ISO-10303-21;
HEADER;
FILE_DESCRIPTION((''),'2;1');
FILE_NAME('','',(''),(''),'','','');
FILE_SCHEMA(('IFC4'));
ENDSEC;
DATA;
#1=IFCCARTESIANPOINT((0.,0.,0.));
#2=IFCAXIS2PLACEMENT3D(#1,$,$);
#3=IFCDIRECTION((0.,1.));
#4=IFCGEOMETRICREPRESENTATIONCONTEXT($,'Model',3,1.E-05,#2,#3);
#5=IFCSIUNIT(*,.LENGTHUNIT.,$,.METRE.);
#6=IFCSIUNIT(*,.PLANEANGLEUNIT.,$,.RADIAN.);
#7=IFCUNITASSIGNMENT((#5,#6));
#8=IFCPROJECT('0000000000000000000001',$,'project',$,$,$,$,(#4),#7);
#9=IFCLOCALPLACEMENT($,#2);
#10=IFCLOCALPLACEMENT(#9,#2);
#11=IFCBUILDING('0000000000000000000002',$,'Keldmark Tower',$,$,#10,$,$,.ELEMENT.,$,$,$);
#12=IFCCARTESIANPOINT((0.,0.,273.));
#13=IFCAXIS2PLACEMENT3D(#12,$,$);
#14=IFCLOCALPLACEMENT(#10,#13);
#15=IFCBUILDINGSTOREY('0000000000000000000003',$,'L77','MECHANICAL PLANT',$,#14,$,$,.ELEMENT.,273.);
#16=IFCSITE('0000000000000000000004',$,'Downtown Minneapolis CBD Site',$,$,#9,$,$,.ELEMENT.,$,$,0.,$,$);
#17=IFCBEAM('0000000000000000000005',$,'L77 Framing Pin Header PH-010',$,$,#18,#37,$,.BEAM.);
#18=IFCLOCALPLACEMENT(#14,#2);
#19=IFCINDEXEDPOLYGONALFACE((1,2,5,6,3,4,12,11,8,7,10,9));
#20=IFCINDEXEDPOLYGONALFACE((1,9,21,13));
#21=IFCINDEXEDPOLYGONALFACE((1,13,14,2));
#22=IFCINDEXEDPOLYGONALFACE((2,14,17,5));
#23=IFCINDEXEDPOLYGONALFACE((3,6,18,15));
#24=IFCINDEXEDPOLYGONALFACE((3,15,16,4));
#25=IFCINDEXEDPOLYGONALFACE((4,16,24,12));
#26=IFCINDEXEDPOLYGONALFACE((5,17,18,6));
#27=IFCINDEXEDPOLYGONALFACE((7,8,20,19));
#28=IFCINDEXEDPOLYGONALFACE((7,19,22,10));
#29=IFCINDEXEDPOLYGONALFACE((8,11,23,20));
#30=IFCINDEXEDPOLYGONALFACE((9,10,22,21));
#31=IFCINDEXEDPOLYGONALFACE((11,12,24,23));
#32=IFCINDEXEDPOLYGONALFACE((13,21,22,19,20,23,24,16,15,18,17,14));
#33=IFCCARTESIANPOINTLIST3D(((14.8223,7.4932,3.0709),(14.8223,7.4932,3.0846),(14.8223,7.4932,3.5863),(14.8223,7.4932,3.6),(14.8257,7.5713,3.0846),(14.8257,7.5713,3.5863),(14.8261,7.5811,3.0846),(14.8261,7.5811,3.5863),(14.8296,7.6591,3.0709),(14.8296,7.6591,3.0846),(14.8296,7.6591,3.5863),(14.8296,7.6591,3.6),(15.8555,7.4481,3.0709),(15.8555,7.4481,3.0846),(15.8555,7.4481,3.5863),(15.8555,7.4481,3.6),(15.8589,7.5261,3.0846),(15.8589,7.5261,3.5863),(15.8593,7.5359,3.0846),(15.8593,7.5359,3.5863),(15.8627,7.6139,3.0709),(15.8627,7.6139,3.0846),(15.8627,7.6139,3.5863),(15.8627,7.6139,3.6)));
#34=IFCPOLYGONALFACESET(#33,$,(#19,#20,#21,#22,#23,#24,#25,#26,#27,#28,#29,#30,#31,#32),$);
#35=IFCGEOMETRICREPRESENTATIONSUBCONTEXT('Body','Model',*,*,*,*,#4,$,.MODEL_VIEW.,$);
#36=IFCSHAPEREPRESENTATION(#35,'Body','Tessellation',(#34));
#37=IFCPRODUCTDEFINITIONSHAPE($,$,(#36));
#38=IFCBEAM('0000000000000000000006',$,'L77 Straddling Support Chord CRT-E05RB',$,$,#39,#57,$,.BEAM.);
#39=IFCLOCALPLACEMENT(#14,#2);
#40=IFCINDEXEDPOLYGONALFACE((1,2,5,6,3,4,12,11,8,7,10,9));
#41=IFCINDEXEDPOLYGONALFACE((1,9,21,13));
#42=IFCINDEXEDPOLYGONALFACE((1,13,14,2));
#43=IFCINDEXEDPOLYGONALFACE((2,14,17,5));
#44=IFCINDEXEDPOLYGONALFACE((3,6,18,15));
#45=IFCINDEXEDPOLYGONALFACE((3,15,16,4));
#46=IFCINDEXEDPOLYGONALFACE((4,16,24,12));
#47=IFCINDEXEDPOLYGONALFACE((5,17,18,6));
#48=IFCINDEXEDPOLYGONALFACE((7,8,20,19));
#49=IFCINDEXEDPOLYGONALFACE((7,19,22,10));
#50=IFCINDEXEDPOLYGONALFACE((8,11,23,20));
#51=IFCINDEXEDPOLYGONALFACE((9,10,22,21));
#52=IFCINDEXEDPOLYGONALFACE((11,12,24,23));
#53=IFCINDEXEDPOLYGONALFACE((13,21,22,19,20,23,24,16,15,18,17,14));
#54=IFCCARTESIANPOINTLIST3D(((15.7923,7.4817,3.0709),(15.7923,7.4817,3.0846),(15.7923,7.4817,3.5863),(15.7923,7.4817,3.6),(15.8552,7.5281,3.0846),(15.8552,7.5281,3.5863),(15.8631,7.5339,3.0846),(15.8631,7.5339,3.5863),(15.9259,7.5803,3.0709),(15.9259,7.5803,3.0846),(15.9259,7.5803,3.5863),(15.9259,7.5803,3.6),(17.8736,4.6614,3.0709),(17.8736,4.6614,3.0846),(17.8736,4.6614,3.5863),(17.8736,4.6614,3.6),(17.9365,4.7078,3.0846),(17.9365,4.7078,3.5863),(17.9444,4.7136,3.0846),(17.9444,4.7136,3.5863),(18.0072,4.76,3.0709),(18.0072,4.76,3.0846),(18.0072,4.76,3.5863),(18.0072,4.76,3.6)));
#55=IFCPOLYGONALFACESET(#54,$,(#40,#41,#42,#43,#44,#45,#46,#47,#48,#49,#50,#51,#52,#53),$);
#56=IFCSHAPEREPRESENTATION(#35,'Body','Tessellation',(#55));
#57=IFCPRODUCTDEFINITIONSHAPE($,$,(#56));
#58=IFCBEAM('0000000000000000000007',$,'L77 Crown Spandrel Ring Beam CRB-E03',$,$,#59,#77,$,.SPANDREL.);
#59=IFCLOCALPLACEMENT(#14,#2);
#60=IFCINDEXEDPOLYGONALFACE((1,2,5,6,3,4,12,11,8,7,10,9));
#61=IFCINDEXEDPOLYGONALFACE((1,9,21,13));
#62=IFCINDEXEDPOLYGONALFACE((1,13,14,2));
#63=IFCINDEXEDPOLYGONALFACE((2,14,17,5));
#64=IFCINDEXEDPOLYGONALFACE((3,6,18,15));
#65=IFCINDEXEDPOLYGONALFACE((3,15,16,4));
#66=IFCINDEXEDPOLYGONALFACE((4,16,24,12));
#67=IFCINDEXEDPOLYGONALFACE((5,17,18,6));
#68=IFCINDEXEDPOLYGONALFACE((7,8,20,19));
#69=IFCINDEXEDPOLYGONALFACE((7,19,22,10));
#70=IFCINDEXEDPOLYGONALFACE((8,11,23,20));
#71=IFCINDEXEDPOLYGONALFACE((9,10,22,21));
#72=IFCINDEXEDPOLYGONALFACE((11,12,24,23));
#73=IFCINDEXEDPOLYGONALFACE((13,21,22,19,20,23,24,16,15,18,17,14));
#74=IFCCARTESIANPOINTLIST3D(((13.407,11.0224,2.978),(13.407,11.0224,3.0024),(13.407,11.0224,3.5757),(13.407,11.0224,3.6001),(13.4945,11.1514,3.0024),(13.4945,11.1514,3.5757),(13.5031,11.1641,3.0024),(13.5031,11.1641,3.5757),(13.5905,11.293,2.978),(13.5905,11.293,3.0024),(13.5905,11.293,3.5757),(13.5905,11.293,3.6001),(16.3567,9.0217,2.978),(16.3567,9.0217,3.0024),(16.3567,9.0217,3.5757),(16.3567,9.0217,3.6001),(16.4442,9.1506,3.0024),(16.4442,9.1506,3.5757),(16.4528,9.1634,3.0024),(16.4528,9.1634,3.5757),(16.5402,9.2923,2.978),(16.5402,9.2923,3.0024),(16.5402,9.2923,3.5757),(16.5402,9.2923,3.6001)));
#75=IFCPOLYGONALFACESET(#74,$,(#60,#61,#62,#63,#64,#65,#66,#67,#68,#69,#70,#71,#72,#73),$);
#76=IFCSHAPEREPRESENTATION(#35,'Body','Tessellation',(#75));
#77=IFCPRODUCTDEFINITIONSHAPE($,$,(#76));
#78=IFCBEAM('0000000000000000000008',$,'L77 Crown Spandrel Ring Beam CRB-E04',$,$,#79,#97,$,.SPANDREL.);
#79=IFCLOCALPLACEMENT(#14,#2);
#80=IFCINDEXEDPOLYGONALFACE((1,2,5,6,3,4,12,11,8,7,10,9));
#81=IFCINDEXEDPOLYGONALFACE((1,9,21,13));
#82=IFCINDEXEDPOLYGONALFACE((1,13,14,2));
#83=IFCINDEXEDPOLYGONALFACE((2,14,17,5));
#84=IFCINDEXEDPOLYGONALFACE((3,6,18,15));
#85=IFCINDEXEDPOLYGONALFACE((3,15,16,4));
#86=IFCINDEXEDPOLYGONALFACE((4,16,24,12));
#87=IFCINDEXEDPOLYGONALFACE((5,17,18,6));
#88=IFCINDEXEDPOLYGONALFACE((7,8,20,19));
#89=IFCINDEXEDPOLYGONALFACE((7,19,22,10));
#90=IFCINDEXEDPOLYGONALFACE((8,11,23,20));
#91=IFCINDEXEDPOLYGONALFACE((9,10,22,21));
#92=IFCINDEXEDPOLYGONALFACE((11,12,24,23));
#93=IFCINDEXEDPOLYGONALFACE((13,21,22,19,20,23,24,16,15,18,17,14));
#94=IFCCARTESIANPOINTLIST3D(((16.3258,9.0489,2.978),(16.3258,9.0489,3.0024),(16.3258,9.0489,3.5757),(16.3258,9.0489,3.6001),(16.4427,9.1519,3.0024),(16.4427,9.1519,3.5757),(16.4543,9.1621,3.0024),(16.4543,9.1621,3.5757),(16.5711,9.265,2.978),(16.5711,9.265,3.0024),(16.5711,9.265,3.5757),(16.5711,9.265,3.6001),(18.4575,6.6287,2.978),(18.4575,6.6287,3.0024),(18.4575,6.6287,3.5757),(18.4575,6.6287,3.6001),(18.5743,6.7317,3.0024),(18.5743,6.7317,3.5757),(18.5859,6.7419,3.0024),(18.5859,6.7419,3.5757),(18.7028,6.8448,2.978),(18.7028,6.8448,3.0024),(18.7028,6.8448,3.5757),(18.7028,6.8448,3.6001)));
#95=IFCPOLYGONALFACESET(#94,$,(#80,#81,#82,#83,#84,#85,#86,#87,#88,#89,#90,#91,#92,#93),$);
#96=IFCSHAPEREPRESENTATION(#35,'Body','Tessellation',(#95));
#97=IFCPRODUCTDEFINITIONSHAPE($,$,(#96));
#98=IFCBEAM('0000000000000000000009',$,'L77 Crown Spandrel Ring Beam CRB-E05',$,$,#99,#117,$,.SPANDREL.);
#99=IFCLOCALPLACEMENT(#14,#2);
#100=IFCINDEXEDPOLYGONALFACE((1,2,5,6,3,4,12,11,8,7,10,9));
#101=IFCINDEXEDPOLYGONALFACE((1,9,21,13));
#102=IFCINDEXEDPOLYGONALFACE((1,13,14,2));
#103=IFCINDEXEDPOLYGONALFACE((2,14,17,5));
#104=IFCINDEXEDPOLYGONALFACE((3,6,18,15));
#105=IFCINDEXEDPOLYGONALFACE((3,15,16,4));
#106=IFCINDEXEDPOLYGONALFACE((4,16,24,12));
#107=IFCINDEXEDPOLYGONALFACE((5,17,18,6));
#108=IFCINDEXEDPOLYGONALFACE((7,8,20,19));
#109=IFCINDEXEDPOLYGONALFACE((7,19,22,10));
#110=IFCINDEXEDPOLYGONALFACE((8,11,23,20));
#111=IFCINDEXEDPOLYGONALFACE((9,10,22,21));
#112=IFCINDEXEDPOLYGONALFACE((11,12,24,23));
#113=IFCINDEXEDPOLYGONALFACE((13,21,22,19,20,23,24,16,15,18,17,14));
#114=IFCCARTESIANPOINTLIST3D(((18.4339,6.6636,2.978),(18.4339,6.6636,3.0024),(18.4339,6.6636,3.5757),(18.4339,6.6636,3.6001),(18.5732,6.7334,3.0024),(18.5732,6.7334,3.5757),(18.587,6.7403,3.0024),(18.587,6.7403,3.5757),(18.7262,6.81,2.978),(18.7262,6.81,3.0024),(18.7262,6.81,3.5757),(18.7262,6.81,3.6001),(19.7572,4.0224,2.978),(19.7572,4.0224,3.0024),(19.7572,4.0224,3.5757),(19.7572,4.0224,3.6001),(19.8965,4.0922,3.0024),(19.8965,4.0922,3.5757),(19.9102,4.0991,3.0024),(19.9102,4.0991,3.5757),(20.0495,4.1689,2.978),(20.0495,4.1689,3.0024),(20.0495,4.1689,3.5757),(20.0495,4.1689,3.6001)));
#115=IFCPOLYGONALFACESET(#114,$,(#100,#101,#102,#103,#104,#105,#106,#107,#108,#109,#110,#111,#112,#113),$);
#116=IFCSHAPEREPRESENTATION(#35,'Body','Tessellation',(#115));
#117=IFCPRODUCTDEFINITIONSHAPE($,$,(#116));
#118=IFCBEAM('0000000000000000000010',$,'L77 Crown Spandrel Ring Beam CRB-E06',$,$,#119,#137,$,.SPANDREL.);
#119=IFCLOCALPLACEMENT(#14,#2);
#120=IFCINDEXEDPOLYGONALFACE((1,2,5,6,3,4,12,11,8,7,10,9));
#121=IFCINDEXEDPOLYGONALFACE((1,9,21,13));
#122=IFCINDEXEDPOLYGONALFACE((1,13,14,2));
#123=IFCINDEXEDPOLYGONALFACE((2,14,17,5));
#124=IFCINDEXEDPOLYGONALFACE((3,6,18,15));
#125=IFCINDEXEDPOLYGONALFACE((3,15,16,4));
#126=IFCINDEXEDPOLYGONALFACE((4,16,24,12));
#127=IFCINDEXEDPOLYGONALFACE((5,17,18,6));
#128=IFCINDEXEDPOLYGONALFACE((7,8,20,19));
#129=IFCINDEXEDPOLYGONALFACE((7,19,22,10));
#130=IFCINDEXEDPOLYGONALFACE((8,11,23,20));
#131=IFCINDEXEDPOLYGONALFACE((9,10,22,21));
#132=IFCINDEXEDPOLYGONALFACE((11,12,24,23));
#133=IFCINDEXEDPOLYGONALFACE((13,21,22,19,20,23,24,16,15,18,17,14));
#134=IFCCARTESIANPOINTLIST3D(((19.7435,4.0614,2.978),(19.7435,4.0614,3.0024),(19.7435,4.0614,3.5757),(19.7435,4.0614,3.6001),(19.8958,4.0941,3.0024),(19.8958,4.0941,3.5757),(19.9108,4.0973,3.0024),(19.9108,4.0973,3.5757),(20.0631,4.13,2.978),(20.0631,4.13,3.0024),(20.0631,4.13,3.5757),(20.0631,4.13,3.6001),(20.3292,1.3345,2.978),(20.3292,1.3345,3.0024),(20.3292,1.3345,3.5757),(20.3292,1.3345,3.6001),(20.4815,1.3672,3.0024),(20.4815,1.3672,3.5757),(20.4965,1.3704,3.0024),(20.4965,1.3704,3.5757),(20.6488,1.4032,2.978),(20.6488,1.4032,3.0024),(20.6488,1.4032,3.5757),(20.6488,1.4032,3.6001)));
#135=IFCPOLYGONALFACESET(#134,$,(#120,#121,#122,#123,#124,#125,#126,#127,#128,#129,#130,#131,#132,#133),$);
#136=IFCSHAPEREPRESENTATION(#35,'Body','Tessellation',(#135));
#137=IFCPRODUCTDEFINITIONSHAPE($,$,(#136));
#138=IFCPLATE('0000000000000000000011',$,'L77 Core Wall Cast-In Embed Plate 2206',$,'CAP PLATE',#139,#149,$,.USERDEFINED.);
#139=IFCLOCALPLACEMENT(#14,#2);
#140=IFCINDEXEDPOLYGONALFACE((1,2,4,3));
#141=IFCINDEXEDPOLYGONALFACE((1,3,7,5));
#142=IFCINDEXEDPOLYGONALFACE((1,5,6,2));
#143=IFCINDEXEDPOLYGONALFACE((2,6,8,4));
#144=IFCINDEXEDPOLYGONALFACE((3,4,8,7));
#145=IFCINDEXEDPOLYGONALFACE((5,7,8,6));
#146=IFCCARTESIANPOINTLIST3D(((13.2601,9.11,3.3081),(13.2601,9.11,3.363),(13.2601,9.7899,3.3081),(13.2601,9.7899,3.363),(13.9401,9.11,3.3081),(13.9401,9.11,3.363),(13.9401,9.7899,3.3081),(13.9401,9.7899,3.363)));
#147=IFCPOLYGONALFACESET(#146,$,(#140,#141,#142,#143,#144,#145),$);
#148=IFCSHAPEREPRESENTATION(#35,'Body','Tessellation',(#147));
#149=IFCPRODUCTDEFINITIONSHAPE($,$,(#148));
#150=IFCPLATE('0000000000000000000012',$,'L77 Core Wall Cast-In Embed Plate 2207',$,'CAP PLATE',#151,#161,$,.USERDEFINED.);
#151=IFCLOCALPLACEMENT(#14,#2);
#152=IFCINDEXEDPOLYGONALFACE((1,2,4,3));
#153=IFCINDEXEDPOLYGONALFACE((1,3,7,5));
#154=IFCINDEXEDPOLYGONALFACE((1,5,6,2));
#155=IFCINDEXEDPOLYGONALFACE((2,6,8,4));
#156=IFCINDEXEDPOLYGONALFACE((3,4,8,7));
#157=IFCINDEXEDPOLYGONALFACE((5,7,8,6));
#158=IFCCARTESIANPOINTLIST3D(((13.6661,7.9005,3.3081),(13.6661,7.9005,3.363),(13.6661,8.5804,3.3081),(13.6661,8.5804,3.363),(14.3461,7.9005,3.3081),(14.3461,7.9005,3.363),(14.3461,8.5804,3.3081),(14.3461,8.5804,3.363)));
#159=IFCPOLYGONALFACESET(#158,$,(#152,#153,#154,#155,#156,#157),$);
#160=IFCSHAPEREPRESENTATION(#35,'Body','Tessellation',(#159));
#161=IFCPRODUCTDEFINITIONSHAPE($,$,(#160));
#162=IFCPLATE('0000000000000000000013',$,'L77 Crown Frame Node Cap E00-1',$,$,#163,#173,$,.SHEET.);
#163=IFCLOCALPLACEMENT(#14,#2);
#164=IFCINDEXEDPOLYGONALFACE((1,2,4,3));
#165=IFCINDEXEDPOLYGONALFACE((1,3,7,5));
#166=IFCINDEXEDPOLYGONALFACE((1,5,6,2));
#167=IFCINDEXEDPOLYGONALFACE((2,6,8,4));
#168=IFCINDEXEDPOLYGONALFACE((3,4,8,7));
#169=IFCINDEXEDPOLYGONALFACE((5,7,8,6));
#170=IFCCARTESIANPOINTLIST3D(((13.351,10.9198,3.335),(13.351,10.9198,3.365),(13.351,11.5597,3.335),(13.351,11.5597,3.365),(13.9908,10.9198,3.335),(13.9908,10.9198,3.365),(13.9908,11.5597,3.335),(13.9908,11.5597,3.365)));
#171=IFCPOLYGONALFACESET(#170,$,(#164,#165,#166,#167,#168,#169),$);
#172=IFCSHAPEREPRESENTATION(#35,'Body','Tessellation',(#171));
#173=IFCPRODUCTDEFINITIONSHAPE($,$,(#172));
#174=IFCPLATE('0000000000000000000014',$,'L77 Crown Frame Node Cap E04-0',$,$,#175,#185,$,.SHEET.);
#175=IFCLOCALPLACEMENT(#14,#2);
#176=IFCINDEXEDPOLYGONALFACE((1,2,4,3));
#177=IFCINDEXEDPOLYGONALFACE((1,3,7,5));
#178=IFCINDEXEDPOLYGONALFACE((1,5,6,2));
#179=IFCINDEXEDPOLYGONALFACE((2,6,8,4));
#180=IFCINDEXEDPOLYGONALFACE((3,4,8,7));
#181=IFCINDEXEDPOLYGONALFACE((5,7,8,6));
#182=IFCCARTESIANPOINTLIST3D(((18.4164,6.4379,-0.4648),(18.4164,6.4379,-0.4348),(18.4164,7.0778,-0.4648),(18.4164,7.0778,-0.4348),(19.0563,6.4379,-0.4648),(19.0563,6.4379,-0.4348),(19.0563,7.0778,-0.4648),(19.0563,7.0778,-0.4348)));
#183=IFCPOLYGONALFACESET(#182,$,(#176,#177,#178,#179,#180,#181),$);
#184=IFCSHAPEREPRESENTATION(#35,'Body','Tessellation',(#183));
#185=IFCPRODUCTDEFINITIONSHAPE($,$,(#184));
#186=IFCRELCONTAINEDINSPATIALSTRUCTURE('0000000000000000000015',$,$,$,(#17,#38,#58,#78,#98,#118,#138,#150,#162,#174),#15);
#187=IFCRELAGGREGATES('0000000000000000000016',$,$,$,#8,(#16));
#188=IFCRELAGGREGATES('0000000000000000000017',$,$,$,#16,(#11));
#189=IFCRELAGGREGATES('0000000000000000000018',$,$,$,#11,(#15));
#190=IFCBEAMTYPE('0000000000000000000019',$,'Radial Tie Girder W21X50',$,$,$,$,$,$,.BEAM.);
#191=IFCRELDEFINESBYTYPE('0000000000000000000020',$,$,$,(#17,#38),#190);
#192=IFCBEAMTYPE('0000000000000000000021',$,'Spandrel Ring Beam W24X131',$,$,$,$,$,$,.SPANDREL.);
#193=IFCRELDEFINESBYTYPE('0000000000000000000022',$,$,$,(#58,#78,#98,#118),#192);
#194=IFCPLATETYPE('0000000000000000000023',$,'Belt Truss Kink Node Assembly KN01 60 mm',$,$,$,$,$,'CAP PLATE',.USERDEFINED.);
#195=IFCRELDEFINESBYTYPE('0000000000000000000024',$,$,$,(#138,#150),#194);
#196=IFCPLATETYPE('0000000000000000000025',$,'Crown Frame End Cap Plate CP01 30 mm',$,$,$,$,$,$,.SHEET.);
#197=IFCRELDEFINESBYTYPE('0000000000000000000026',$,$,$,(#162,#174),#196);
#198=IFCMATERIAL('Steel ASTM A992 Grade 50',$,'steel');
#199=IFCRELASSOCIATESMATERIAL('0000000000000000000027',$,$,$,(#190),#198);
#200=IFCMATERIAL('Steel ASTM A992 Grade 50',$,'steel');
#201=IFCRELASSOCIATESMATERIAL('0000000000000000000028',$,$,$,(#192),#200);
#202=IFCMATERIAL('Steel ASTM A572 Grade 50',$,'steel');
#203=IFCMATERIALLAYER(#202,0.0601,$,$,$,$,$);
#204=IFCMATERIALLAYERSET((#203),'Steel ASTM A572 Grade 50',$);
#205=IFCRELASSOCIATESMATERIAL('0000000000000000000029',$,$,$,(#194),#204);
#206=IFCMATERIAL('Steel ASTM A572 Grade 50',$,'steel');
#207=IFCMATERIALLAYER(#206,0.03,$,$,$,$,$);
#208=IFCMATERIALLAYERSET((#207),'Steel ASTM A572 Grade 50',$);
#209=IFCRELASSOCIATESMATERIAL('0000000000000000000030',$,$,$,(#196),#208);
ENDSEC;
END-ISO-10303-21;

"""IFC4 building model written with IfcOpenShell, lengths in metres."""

from ifc_helpers import new_model, si_unit, direction, frame, origin, origin_2d, place, context, subcontext, project, spatial, rectangle, i_section, extrude, material, layer, layer_set, material_profile, profile_set, type_object, element, save


model = new_model("IFC4")

# Units and contexts
model_context = context("Model", 3, precision=1e-05, world=origin(), true_north=direction((0.0, 1.0)))
body_context = subcontext(model_context, "Body", "Model", "MODEL_VIEW")
ifc_project = project(units=[si_unit("LENGTHUNIT", "METRE"), si_unit("PLANEANGLEUNIT", "RADIAN")], contexts=[model_context])

# Site, building, storey
site_placement = place(None, origin())
site = spatial("IfcSite", under=ifc_project, at=site_placement, Name="Downtown Minneapolis CBD Site", CompositionType="ELEMENT", RefElevation=0.0)
building_placement = place(site_placement, origin())
building = spatial("IfcBuilding", under=site, at=building_placement, Name="Keldmark Tower", CompositionType="ELEMENT")
storey_placement = place(building_placement, frame((0.0, 0.0, 273.0)))
storey = spatial("IfcBuildingStorey", under=building, at=storey_placement, Name="L77", Description="MECHANICAL PLANT", CompositionType="ELEMENT", Elevation=273.0)

# Beams
ifc_material_1 = material(Name="Steel ASTM A992 Grade 50", Category="steel")
ifc_material_profile_1 = material_profile(ifc_material_1, i_section(OverallWidth=0.166, OverallDepth=0.5291, WebThickness=0.0098, FlangeThickness=0.0137, at=origin_2d()), Name="W21X50")
ifc_profile_set_1 = profile_set([ifc_material_profile_1], Name="Steel ASTM A992 Grade 50")
beam_type_1 = type_object("IfcBeamType", Name="Radial Tie Girder W21X50", PredefinedType="BEAM", material=ifc_profile_set_1)
beam_1_placement = place(storey_placement, frame((14.8259, 7.5762, 3.3354), z_axis=(0.999046, -0.043673, 0.0), x_axis=(0.043673, 0.999046, 0.0)))
element("IfcBeam", 1, at=beam_1_placement, inside=storey, type_object=beam_type_1, Name="L77 Framing Pin Header PH-010", PredefinedType="BEAM", context=body_context, shape_type="SweptSolid", body=[
    extrude(i_section(OverallWidth=0.166, OverallDepth=0.5291, WebThickness=0.0098, FlangeThickness=0.0137, at=origin_2d()), origin(), (0.0, 0.0, 1.0), 1.0342),
])
beam_2_placement = place(storey_placement, frame((17.9404, 4.7107, 3.3354), z_axis=(-0.593786, 0.804623, 0.0), x_axis=(-0.804623, -0.593786, 0.0)))
element("IfcBeam", 2, at=beam_2_placement, inside=storey, type_object=beam_type_1, Name="L77 Straddling Support Chord CRT-E05RB", PredefinedType="BEAM", context=body_context, shape_type="SweptSolid", body=[
    extrude(i_section(OverallWidth=0.166, OverallDepth=0.5291, WebThickness=0.0098, FlangeThickness=0.0137, at=origin_2d()), origin(), (0.0, 0.0, 1.0), 3.5051),
])
ifc_material_2 = material(Name="Steel ASTM A992 Grade 50", Category="steel")
ifc_material_profile_2 = material_profile(ifc_material_2, i_section(OverallWidth=0.3269, OverallDepth=0.6221, WebThickness=0.0154, FlangeThickness=0.0244, at=origin_2d()), Name="W24X131")
ifc_profile_set_2 = profile_set([ifc_material_profile_2], Name="Steel ASTM A992 Grade 50")
beam_type_2 = type_object("IfcBeamType", Name="Spandrel Ring Beam W24X131", PredefinedType="SPANDREL", material=ifc_profile_set_2)
beam_3_placement = place(storey_placement, frame((13.4988, 11.1577, 3.2891), z_axis=(0.827587, -0.561337, 0.0), x_axis=(0.561337, 0.827587, 0.0)))
element("IfcBeam", 3, at=beam_3_placement, inside=storey, type_object=beam_type_2, Name="L77 Crown Spandrel Ring Beam CRB-E03", PredefinedType="SPANDREL", context=body_context, shape_type="SweptSolid", body=[
    extrude(i_section(OverallWidth=0.3269, OverallDepth=0.6221, WebThickness=0.0154, FlangeThickness=0.0244, at=origin_2d()), origin(), (0.0, 0.0, 1.0), 3.5642),
])
beam_4_placement = place(storey_placement, frame((16.4485, 9.157, 3.2891), z_axis=(0.66095, -0.75043, 0.0), x_axis=(0.75043, 0.66095, 0.0)))
element("IfcBeam", 4, at=beam_4_placement, inside=storey, type_object=beam_type_2, Name="L77 Crown Spandrel Ring Beam CRB-E04", PredefinedType="SPANDREL", context=body_context, shape_type="SweptSolid", body=[
    extrude(i_section(OverallWidth=0.3269, OverallDepth=0.6221, WebThickness=0.0154, FlangeThickness=0.0244, at=origin_2d()), origin(), (0.0, 0.0, 1.0), 3.2251),
])
beam_5_placement = place(storey_placement, frame((18.5801, 6.7368, 3.2891), z_axis=(0.447941, -0.894063, 0.0), x_axis=(0.894063, 0.447941, 0.0)))
element("IfcBeam", 5, at=beam_5_placement, inside=storey, type_object=beam_type_2, Name="L77 Crown Spandrel Ring Beam CRB-E05", PredefinedType="SPANDREL", context=body_context, shape_type="SweptSolid", body=[
    extrude(i_section(OverallWidth=0.3269, OverallDepth=0.6221, WebThickness=0.0154, FlangeThickness=0.0244, at=origin_2d()), origin(), (0.0, 0.0, 1.0), 2.9541),
])
beam_6_placement = place(storey_placement, frame((19.9033, 4.0957, 3.2891), z_axis=(0.210001, -0.977701, 0.0), x_axis=(0.977701, 0.210001, 0.0)))
element("IfcBeam", 6, at=beam_6_placement, inside=storey, type_object=beam_type_2, Name="L77 Crown Spandrel Ring Beam CRB-E06", PredefinedType="SPANDREL", context=body_context, shape_type="SweptSolid", body=[
    extrude(i_section(OverallWidth=0.3269, OverallDepth=0.6221, WebThickness=0.0154, FlangeThickness=0.0244, at=origin_2d()), origin(), (0.0, 0.0, 1.0), 2.7891),
])

# Plates
ifc_material_3 = material(Name="Steel ASTM A572 Grade 50", Category="steel")
ifc_layer_1 = layer(ifc_material_3, 0.0601)
ifc_layer_set_1 = layer_set([ifc_layer_1], Name="Steel ASTM A572 Grade 50")
plate_type_1 = type_object("IfcPlateType", Name="Belt Truss Kink Node Assembly KN01 60 mm", ElementType="CAP PLATE", PredefinedType="USERDEFINED", material=ifc_layer_set_1)
for number, where, z_axis, x_axis, name in (
    (7, (13.6001, 9.45, 3.3081), (0.0, 0.0, 1.0), (1.0, 0.0, 0.0), "L77 Core Wall Cast-In Embed Plate 2206"),
    (8, (14.0061, 8.2405, 3.3081), (0.0, 0.0, 1.0), (1.0, 0.0, 0.0), "L77 Core Wall Cast-In Embed Plate 2207"),
):
    element("IfcPlate", number, at=place(storey_placement, frame(where, z_axis=z_axis, x_axis=x_axis)), inside=storey, type_object=plate_type_1, Name=name, ObjectType="CAP PLATE", PredefinedType="USERDEFINED", context=body_context, shape_type="SweptSolid", body=[
        extrude(rectangle(XDim=0.6799, YDim=0.6799, at=origin_2d()), origin(), (0.0, 0.0, 1.0), 0.0549),
    ])
ifc_material_4 = material(Name="Steel ASTM A572 Grade 50", Category="steel")
ifc_layer_2 = layer(ifc_material_4, 0.03)
ifc_layer_set_2 = layer_set([ifc_layer_2], Name="Steel ASTM A572 Grade 50")
plate_type_2 = type_object("IfcPlateType", Name="Crown Frame End Cap Plate CP01 30 mm", PredefinedType="SHEET", material=ifc_layer_set_2)
for number, where, z_axis, x_axis, name in (
    (9, (13.6709, 11.2397, 3.335), (0.0, 0.0, 1.0), (1.0, 0.0, 0.0), "L77 Crown Frame Node Cap E00-1"),
    (10, (18.7363, 6.7578, -0.4648), (0.0, 0.0, 1.0), (1.0, 0.0, 0.0), "L77 Crown Frame Node Cap E04-0"),
):
    element("IfcPlate", number, at=place(storey_placement, frame(where, z_axis=z_axis, x_axis=x_axis)), inside=storey, type_object=plate_type_2, Name=name, PredefinedType="SHEET", context=body_context, shape_type="SweptSolid", body=[
        extrude(rectangle(XDim=0.6399, YDim=0.6399, at=origin_2d()), origin(), (0.0, 0.0, 1.0), 0.03),
    ])

save(model, "model.ifc")
